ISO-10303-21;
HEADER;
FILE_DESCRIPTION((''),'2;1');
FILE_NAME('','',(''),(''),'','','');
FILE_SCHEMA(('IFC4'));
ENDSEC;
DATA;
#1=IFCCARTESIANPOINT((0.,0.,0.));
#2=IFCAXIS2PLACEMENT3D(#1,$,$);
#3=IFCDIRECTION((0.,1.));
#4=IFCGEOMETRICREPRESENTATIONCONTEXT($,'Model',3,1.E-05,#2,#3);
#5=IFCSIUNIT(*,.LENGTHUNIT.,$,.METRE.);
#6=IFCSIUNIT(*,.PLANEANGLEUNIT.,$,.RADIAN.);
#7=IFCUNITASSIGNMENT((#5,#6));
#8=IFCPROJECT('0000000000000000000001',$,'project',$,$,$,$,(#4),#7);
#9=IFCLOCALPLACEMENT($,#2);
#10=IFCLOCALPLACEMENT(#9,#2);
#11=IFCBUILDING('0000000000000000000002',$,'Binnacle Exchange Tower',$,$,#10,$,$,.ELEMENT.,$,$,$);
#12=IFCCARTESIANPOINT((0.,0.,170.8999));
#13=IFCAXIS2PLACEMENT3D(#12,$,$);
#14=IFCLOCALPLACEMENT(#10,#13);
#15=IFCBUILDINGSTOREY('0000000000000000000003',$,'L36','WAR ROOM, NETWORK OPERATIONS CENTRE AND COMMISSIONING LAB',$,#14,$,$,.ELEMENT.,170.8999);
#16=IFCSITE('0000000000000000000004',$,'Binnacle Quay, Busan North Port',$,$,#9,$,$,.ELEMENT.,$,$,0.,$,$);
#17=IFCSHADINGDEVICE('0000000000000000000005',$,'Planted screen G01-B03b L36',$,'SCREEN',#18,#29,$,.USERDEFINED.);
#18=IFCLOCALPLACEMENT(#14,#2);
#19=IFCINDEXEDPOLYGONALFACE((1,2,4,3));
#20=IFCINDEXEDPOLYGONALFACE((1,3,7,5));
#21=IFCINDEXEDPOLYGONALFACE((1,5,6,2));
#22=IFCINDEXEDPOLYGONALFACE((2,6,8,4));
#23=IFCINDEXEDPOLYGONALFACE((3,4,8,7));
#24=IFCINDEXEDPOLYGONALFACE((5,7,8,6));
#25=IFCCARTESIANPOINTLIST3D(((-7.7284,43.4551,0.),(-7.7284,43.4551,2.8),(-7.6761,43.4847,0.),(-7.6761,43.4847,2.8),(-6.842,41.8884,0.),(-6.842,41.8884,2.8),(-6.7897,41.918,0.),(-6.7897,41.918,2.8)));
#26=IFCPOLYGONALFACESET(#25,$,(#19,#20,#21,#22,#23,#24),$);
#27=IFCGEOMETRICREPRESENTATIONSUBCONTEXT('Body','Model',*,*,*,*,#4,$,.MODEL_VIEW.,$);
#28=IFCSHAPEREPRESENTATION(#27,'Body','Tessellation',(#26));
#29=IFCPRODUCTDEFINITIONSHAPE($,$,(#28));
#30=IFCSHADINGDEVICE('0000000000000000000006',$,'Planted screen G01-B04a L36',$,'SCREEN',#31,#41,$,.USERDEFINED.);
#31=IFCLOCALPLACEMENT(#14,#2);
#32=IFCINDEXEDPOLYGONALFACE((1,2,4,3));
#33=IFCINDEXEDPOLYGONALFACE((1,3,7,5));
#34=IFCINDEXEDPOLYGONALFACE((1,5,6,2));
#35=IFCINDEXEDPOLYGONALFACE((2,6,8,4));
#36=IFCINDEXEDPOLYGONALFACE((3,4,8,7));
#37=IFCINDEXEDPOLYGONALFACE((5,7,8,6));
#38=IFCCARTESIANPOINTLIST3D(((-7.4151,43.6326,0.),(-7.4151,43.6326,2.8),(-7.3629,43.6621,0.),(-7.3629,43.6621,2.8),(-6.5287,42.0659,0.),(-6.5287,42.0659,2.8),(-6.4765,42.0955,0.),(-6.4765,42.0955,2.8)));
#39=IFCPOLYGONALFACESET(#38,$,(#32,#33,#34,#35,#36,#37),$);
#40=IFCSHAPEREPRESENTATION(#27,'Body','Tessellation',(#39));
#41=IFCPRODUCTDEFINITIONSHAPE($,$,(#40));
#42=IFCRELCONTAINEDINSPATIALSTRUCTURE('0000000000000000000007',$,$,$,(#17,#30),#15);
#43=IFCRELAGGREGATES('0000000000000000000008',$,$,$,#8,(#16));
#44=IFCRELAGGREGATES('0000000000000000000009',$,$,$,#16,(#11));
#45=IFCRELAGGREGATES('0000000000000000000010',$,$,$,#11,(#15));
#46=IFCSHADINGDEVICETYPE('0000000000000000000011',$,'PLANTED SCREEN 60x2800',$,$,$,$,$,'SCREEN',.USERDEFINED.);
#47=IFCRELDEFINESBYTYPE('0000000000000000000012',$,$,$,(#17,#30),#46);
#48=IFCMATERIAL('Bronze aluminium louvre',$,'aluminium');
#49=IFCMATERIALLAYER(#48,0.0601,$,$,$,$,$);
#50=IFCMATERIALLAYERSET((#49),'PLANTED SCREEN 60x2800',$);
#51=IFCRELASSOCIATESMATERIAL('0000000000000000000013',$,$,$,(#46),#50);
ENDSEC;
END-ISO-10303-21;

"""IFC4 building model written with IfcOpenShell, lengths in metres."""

from ifc_helpers import new_model, si_unit, direction, frame, origin, origin_2d, place, context, subcontext, project, spatial, rectangle, extrude, material, layer, layer_set, type_object, element, save


model = new_model("IFC4")

# Units and contexts
model_context = context("Model", 3, precision=1e-05, world=origin(), true_north=direction((0.0, 1.0)))
body_context = subcontext(model_context, "Body", "Model", "MODEL_VIEW")
ifc_project = project(units=[si_unit("LENGTHUNIT", "METRE"), si_unit("PLANEANGLEUNIT", "RADIAN")], contexts=[model_context])

# Site, building, storey
site_placement = place(None, origin())
site = spatial("IfcSite", under=ifc_project, at=site_placement, Name="Binnacle Quay, Busan North Port", CompositionType="ELEMENT", RefElevation=0.0)
building_placement = place(site_placement, origin())
building = spatial("IfcBuilding", under=site, at=building_placement, Name="Binnacle Exchange Tower", CompositionType="ELEMENT")
storey_placement = place(building_placement, frame((0.0, 0.0, 170.8999)))
storey = spatial("IfcBuildingStorey", under=building, at=storey_placement, Name="L36", Description="WAR ROOM, NETWORK OPERATIONS CENTRE AND COMMISSIONING LAB", CompositionType="ELEMENT", Elevation=170.8999)

# Shading devices
ifc_material_1 = material(Name="Bronze aluminium louvre", Category="aluminium")
ifc_layer_1 = layer(ifc_material_1, 0.0601)
ifc_layer_set_1 = layer_set([ifc_layer_1], Name="PLANTED SCREEN 60x2800")
shading_device_type = type_object("IfcShadingDeviceType", Name="PLANTED SCREEN 60x2800", ElementType="SCREEN", PredefinedType="USERDEFINED", material=ifc_layer_set_1)
for number, where, z_axis, x_axis, name in (
    (1, (-7.259, 42.6865, 0.0), (0.0, 0.0, 1.0), (0.870356, 0.492424, 0.0), "Planted screen G01-B03b L36"),
    (2, (-6.9458, 42.864, 0.0), (0.0, 0.0, 1.0), (0.870356, 0.492424, 0.0), "Planted screen G01-B04a L36"),
):
    element("IfcShadingDevice", number, at=place(storey_placement, frame(where, z_axis=z_axis, x_axis=x_axis)), inside=storey, type_object=shading_device_type, Name=name, ObjectType="SCREEN", PredefinedType="USERDEFINED", context=body_context, shape_type="SweptSolid", body=[
        extrude(rectangle(XDim=0.0601, YDim=1.8, at=origin_2d()), origin(), (0.0, 0.0, 1.0), 2.8),
    ])

save(model, "model.ifc")
